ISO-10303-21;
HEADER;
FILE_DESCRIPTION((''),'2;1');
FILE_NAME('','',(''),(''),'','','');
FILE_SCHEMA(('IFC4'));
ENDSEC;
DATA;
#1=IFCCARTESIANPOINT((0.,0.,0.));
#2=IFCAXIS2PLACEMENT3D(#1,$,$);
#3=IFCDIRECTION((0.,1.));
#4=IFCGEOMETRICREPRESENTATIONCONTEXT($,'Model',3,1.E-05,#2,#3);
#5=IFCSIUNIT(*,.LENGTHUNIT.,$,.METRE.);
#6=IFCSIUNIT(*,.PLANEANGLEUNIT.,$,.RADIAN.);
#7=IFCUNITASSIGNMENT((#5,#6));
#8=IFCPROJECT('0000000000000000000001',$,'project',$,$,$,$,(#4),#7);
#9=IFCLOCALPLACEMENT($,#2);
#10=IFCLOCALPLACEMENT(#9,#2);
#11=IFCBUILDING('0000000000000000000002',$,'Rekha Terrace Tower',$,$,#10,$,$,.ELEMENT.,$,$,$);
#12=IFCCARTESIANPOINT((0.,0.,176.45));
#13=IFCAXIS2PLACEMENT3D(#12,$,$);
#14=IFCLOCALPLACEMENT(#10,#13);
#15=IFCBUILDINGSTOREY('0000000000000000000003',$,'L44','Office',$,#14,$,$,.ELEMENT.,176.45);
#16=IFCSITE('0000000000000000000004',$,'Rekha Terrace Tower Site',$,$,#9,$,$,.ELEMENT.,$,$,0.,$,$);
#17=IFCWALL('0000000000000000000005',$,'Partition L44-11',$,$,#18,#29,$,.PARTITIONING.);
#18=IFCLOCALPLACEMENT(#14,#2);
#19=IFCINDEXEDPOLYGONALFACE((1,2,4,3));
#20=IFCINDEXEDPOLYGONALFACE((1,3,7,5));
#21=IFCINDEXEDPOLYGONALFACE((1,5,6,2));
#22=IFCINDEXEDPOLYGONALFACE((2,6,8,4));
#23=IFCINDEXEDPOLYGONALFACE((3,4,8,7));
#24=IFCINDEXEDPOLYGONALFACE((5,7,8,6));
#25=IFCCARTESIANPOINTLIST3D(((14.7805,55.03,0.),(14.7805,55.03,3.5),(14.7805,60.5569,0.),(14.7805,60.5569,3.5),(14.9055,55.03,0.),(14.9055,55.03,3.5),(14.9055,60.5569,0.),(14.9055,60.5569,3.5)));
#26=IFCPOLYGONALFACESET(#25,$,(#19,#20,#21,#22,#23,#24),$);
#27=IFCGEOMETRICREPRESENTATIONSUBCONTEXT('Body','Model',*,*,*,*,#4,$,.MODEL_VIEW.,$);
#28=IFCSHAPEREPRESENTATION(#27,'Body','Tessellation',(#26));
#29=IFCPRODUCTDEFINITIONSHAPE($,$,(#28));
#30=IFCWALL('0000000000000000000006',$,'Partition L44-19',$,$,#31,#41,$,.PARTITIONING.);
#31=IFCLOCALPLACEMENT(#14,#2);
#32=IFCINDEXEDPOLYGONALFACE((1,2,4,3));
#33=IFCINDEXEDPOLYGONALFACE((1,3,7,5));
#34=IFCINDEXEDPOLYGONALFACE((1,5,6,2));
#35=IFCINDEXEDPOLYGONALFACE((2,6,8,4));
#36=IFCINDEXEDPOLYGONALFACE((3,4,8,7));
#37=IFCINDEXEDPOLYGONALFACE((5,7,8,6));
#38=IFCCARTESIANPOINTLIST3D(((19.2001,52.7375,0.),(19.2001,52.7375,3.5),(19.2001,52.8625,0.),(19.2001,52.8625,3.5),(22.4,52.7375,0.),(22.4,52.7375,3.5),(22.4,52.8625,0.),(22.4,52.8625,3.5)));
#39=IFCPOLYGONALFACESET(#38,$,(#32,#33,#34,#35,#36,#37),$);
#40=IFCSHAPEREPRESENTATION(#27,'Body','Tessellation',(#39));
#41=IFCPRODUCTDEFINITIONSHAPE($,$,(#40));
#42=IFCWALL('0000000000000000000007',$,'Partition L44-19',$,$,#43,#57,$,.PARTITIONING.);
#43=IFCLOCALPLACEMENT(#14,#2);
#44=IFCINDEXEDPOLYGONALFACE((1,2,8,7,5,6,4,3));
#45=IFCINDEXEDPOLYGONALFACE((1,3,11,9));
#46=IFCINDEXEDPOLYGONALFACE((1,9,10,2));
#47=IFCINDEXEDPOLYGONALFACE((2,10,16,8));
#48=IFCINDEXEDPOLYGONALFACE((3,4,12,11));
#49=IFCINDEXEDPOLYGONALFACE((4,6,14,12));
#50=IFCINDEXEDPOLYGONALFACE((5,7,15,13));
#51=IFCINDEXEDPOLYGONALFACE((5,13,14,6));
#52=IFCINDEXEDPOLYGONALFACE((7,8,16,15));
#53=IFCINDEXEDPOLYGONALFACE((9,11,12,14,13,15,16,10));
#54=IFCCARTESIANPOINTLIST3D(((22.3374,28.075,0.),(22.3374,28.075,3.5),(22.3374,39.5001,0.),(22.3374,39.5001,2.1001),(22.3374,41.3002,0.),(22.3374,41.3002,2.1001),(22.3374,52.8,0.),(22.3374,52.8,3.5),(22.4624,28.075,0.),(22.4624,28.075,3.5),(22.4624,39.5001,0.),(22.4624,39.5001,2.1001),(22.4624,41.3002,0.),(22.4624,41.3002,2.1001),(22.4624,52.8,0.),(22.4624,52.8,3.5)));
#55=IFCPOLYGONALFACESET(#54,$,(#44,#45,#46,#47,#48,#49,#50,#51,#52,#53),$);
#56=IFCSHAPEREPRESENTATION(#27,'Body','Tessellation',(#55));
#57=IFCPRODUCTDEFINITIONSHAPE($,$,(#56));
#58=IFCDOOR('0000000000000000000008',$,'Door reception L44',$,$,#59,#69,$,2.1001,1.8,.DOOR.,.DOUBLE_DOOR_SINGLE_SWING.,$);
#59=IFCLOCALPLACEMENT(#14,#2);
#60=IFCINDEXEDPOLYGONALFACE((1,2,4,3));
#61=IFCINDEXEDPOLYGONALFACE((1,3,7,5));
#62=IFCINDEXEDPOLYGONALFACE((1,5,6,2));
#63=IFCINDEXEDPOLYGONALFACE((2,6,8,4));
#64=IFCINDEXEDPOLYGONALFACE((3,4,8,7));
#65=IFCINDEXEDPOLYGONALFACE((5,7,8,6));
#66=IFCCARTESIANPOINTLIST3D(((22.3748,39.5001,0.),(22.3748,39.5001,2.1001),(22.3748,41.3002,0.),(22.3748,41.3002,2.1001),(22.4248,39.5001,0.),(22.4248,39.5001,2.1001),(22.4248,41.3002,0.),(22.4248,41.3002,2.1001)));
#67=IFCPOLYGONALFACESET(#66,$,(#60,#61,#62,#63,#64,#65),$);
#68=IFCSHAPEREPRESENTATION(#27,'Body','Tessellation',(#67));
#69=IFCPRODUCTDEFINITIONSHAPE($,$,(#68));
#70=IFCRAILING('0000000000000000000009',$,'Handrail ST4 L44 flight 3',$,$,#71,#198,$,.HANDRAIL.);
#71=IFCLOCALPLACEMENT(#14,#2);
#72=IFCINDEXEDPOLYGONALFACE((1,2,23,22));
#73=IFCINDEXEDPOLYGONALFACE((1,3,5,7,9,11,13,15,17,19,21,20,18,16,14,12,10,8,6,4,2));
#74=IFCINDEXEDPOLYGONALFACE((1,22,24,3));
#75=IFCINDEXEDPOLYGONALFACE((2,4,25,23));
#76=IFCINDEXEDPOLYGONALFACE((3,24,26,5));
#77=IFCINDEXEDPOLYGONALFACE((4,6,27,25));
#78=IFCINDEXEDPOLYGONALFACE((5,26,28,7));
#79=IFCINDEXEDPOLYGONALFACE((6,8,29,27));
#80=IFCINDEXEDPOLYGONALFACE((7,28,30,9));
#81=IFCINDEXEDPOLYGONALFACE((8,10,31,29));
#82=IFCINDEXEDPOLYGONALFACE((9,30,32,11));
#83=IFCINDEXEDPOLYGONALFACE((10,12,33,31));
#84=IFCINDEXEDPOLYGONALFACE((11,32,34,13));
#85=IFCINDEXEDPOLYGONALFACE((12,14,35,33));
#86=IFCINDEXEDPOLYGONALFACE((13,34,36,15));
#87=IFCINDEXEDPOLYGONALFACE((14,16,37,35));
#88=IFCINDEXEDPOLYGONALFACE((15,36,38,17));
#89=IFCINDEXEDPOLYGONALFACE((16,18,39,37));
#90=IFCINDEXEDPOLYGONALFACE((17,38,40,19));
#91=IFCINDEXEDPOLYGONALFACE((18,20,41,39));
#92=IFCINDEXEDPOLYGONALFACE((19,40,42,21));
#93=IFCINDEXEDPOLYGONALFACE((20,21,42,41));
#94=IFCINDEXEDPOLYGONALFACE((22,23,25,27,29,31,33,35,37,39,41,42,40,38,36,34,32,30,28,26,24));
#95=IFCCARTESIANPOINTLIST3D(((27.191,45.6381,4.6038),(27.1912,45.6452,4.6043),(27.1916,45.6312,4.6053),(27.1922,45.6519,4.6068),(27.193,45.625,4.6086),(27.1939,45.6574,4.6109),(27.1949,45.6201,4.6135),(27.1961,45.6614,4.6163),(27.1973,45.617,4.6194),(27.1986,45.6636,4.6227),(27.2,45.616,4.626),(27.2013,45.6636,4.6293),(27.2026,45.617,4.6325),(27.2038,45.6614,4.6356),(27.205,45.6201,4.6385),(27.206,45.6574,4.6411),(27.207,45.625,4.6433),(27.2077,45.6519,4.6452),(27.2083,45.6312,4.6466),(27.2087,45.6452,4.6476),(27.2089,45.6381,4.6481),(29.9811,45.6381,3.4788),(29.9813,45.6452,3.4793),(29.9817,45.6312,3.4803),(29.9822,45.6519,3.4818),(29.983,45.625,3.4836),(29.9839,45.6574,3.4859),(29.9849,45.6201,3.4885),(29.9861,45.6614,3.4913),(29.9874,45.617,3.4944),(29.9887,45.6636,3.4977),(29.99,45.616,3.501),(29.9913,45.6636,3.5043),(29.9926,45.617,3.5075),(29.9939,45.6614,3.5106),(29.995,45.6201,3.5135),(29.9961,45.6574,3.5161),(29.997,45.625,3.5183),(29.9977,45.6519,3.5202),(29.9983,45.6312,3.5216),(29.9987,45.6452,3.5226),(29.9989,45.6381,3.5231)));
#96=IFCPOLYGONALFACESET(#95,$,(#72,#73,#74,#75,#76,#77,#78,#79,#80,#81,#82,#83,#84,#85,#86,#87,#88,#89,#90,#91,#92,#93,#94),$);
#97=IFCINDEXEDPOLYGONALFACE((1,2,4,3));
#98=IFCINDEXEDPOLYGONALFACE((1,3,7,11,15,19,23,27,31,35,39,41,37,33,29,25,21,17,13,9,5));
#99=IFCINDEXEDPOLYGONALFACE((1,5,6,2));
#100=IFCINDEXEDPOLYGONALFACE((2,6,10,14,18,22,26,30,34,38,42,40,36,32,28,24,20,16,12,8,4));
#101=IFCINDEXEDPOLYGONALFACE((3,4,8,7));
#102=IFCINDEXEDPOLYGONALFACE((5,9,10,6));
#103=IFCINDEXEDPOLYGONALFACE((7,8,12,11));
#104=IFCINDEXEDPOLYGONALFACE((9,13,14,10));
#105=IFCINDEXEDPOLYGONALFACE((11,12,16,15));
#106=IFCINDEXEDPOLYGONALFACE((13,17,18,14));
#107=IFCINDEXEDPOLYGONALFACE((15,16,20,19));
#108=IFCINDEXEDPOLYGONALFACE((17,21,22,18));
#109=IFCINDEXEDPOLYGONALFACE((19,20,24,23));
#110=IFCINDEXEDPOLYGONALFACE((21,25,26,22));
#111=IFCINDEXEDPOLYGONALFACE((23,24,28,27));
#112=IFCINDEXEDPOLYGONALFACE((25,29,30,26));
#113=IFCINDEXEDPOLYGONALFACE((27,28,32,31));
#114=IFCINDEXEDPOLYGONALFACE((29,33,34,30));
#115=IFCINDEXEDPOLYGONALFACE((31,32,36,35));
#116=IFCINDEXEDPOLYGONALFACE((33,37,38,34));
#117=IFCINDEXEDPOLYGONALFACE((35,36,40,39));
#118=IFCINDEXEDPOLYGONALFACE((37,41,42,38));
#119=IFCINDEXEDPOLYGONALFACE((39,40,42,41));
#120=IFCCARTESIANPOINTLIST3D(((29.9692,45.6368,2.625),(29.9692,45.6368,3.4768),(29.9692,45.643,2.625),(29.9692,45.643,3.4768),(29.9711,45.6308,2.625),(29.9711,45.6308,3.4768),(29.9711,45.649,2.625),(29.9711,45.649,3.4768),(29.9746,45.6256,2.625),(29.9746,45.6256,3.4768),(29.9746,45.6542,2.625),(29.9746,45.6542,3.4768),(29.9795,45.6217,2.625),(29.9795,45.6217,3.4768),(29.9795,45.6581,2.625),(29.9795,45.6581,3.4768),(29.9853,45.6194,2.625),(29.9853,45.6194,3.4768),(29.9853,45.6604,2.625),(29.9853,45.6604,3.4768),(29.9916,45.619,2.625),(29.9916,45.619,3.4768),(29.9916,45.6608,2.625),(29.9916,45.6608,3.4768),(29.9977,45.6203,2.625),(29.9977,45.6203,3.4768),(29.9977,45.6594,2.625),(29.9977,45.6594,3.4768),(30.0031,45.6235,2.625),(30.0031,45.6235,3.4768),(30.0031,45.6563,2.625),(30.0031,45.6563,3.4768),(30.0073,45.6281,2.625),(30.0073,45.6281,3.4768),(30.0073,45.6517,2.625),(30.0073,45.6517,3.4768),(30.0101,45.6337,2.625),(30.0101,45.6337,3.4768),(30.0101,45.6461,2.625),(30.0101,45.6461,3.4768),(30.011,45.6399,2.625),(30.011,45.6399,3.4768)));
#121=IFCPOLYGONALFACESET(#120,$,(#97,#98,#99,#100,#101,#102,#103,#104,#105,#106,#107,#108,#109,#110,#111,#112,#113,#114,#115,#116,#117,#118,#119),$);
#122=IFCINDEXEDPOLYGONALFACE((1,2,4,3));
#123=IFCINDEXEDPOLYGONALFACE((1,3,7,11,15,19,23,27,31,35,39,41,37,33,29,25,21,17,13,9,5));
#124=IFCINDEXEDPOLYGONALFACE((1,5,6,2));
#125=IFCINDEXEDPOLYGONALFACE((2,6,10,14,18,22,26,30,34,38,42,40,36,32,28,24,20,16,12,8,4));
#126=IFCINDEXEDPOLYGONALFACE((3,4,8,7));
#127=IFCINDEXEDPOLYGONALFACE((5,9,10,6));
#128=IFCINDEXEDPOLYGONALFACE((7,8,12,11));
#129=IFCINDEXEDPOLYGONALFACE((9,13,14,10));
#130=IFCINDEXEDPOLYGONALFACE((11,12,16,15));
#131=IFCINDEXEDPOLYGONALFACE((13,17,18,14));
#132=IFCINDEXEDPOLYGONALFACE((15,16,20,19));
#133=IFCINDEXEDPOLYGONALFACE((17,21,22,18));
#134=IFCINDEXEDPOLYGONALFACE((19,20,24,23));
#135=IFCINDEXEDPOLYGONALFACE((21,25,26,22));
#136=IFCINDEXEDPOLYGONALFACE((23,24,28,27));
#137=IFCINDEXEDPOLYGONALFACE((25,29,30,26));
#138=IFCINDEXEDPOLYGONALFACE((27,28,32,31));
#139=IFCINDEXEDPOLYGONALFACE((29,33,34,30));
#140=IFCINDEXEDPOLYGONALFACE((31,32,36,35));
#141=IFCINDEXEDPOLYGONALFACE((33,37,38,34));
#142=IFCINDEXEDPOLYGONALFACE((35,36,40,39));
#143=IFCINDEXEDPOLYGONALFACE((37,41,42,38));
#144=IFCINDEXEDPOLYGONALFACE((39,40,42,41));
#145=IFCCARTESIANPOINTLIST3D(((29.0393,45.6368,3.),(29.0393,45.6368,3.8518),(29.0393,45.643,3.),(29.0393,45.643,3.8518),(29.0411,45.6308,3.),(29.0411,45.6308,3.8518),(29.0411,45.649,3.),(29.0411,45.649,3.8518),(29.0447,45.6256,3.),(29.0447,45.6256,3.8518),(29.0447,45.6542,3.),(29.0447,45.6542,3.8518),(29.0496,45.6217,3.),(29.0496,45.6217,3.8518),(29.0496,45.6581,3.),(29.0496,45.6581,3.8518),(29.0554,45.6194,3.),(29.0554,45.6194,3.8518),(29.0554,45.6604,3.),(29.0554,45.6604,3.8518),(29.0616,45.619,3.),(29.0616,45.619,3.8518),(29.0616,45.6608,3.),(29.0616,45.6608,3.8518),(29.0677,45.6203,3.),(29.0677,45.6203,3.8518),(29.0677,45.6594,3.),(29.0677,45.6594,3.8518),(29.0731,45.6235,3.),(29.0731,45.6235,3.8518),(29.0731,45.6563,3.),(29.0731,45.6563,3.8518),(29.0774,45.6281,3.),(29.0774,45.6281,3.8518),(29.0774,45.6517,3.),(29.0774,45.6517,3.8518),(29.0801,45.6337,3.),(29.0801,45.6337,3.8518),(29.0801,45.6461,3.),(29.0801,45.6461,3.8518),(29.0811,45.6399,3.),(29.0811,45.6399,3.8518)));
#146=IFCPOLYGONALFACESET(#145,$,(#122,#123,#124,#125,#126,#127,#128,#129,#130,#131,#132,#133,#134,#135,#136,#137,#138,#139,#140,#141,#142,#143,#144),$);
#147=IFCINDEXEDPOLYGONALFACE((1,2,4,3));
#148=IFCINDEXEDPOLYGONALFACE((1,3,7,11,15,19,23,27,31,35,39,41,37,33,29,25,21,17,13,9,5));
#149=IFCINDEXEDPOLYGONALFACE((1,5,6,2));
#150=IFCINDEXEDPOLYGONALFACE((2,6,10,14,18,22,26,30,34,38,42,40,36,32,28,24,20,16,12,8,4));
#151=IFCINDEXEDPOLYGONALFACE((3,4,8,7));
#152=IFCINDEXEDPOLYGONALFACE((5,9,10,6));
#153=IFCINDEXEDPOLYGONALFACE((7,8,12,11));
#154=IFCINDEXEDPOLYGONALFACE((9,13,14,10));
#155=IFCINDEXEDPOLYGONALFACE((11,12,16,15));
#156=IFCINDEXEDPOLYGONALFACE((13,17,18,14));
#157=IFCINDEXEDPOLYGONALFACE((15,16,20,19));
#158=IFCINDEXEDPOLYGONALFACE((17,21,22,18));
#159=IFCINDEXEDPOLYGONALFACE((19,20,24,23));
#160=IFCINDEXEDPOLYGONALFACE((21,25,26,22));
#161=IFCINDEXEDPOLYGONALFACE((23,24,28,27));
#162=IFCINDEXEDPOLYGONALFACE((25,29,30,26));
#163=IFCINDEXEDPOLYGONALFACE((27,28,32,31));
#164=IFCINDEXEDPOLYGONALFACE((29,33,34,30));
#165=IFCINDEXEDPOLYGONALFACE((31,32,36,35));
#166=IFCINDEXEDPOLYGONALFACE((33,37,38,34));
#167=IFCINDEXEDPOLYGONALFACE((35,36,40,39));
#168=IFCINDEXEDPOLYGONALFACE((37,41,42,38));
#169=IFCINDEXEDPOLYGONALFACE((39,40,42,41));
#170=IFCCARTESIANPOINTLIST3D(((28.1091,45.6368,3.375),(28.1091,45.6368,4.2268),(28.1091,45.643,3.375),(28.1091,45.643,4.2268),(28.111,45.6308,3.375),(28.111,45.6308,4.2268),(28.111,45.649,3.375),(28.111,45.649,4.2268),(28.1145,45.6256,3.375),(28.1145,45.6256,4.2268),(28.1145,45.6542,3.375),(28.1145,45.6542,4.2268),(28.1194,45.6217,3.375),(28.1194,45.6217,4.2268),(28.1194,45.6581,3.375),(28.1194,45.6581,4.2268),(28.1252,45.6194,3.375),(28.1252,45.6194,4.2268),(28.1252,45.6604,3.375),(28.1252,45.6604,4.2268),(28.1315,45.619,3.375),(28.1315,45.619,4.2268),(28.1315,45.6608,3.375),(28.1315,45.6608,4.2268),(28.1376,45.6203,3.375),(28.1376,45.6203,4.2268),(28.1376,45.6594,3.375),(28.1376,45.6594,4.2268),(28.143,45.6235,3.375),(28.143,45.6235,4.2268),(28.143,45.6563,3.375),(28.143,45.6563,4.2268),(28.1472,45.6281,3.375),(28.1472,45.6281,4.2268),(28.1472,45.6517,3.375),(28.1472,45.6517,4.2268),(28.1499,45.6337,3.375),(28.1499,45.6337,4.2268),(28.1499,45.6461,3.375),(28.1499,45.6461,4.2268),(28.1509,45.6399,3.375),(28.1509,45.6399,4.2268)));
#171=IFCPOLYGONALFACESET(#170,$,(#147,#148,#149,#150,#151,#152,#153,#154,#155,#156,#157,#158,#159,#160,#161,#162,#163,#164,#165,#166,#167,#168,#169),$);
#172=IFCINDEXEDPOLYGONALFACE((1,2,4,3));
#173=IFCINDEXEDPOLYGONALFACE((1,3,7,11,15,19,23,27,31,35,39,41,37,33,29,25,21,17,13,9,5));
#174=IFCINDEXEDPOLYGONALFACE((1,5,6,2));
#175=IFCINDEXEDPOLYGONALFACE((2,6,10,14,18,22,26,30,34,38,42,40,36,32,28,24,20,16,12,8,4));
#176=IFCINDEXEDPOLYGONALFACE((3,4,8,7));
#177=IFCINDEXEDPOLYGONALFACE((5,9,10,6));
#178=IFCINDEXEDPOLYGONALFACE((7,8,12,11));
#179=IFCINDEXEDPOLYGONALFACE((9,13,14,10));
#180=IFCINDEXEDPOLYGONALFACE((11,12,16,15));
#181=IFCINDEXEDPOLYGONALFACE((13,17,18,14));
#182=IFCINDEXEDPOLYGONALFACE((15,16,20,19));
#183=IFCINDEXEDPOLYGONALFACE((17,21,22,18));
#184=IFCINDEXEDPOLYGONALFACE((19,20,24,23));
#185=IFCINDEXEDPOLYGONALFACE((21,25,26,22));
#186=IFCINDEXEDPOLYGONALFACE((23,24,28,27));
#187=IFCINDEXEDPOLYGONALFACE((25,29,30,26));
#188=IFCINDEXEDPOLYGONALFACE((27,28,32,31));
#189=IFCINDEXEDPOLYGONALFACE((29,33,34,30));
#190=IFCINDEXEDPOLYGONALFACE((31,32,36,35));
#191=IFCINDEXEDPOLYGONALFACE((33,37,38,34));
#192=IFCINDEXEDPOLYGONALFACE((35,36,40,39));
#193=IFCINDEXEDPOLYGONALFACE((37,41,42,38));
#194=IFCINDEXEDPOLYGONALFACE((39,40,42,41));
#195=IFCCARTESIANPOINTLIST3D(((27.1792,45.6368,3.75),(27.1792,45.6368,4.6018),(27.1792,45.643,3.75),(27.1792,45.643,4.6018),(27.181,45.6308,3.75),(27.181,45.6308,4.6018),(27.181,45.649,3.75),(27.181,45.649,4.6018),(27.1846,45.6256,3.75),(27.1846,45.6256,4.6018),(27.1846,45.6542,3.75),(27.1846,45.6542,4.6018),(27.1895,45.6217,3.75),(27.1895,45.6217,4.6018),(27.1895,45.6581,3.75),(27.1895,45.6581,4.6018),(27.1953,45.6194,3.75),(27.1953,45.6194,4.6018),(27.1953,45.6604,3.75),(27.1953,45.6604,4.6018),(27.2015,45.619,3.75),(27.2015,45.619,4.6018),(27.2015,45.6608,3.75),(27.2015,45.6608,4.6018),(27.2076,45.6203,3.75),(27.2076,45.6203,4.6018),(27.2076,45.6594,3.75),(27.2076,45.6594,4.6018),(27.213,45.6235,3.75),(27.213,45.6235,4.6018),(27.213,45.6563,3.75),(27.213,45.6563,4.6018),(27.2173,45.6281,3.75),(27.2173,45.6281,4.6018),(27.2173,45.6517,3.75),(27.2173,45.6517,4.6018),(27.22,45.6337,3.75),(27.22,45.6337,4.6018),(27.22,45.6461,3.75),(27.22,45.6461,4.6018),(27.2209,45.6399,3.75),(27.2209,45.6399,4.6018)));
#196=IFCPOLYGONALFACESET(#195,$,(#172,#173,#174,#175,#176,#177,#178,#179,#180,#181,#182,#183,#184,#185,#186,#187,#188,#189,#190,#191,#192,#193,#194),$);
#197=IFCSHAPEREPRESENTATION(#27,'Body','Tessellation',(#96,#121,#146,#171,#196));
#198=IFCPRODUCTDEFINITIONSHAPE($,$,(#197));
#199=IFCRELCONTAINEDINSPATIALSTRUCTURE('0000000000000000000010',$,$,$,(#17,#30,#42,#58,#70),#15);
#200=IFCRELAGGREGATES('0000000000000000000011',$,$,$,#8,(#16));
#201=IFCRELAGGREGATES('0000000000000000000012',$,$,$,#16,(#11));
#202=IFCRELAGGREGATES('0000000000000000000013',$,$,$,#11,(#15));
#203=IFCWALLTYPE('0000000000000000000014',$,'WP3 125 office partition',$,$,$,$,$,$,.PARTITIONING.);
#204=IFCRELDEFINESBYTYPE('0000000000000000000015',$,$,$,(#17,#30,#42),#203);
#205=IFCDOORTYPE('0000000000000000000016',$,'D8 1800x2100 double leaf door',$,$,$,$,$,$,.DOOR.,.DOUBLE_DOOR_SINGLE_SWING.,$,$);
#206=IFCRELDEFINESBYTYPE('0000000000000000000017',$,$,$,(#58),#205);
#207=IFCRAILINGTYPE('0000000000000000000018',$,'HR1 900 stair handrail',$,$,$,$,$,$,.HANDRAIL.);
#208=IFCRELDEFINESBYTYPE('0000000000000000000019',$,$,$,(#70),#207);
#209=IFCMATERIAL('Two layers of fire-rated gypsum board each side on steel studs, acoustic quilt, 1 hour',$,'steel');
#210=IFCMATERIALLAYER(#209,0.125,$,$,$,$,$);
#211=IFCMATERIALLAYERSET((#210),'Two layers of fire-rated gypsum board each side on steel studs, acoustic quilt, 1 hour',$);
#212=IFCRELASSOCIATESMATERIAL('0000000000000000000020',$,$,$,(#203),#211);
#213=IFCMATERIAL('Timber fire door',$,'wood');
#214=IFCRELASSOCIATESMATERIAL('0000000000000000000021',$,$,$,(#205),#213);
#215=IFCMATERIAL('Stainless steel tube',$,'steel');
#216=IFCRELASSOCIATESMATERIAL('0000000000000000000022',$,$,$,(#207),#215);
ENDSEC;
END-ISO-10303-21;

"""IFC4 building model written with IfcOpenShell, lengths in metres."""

from ifc_helpers import new_model, si_unit, direction, frame, frame_2d, origin, origin_2d, place, context, subcontext, project, spatial, rectangle, circle, extrude, material, layer, layer_set, type_object, element, fill, save


model = new_model("IFC4")

# Units and contexts
model_context = context("Model", 3, precision=1e-05, world=origin(), true_north=direction((0.0, 1.0)))
body_context = subcontext(model_context, "Body", "Model", "MODEL_VIEW")
ifc_project = project(units=[si_unit("LENGTHUNIT", "METRE"), si_unit("PLANEANGLEUNIT", "RADIAN")], contexts=[model_context])

# Site, building, storey
site_placement = place(None, origin())
site = spatial("IfcSite", under=ifc_project, at=site_placement, Name="Rekha Terrace Tower Site", CompositionType="ELEMENT", RefElevation=0.0)
building_placement = place(site_placement, origin())
building = spatial("IfcBuilding", under=site, at=building_placement, Name="Rekha Terrace Tower", CompositionType="ELEMENT")
storey_placement = place(building_placement, frame((0.0, 0.0, 176.45)))
storey = spatial("IfcBuildingStorey", under=building, at=storey_placement, Name="L44", Description="Office", CompositionType="ELEMENT", Elevation=176.45)

# Shared definitions
ifc_material_1 = material(Name="Two layers of fire-rated gypsum board each side on steel studs, acoustic quilt, 1 hour", Category="steel")
ifc_layer_1 = layer(ifc_material_1, 0.125)
ifc_layer_set_1 = layer_set([ifc_layer_1], Name="Two layers of fire-rated gypsum board each side on steel studs, acoustic quilt, 1 hour")
wall_type_1 = type_object("IfcWallType", Name="WP3 125 office partition", PredefinedType="PARTITIONING", material=ifc_layer_set_1)

# Shared definitions
ifc_material_2 = material(Name="Timber fire door", Category="wood")
door_type_1 = type_object("IfcDoorType", Name="D8 1800x2100 double leaf door", OperationType="DOUBLE_DOOR_SINGLE_SWING", PredefinedType="DOOR", material=ifc_material_2)

# Walls
wall_1_placement = place(storey_placement, frame((14.843, 55.03, 0.0), z_axis=(0.0, 0.0, 1.0), x_axis=(0.0, 1.0, 0.0)))
element("IfcWall", 1, at=wall_1_placement, inside=storey, type_object=wall_type_1, Name="Partition L44-11", PredefinedType="PARTITIONING", context=body_context, shape_type="SweptSolid", body=[
    extrude(rectangle(XDim=5.5269, YDim=0.125, at=frame_2d((2.7634, 0.0))), origin(), (0.0, 0.0, 1.0), 3.5),
])
wall_2_placement = place(storey_placement, frame((19.2, 52.8, 0.0), z_axis=(0.0, 0.0, 1.0), x_axis=(1.0, 0.0, 0.0)))
element("IfcWall", 2, at=wall_2_placement, inside=storey, type_object=wall_type_1, Name="Partition L44-19", PredefinedType="PARTITIONING", context=body_context, shape_type="SweptSolid", body=[
    extrude(rectangle(XDim=3.2, YDim=0.125, at=frame_2d((1.6001, 0.0))), origin(), (0.0, 0.0, 1.0), 3.5),
])

# Wall, opening, door
wall_3_placement = place(storey_placement, frame((22.3999, 52.8, 0.0), z_axis=(0.0, 0.0, 1.0), x_axis=(0.0, -1.0, 0.0)))
wall_3 = element("IfcWall", 3, at=wall_3_placement, inside=storey, type_object=wall_type_1, Name="Partition L44-19", PredefinedType="PARTITIONING", context=body_context, shape_type="SweptSolid", body=[
    extrude(rectangle(XDim=24.7251, YDim=0.125, at=frame_2d((12.3625, 0.0))), origin(), (0.0, 0.0, 1.0), 3.5),
])
opening_1_placement = place(wall_3_placement, frame((11.5, 0.0, 0.0)))
opening_1 = element("IfcOpeningElement", 4, at=opening_1_placement, cuts=wall_3, PredefinedType="OPENING", context=body_context, shape_type="SweptSolid", body=[
    extrude(rectangle(XDim=1.8, YDim=2.1001, at=frame_2d((0.8999, 1.05))), frame((0.0, 0.0725, 0.0), z_axis=(0.0, -1.0, 0.0), x_axis=(1.0, 0.0, 0.0)), (0.0, 0.0, 1.0), 0.145),
])
door_1_placement = place(opening_1_placement, origin())
door_1 = element("IfcDoor", 5, at=door_1_placement, inside=storey, type_object=door_type_1, Name="Door reception L44", OperationType="DOUBLE_DOOR_SINGLE_SWING", OverallHeight=2.1001, OverallWidth=1.8, PredefinedType="DOOR", context=body_context, shape_type="SweptSolid", body=[
    extrude(rectangle(XDim=1.8, YDim=2.1001, at=frame_2d((0.8999, 1.05))), frame((0.0, 0.0249, 0.0), z_axis=(0.0, -1.0, 0.0), x_axis=(1.0, 0.0, 0.0)), (0.0, 0.0, 1.0), 0.05),
])
fill(opening_1, door_1)

# Railing
ifc_material_3 = material(Name="Stainless steel tube", Category="steel")
railing_type = type_object("IfcRailingType", Name="HR1 900 stair handrail", PredefinedType="HANDRAIL", material=ifc_material_3)
railing_placement = place(storey_placement, frame((29.99, 45.6399, 2.625)))
element("IfcRailing", 6, at=railing_placement, inside=storey, type_object=railing_type, Name="Handrail ST4 L44 flight 3", PredefinedType="HANDRAIL", context=body_context, shape_type="SweptSolid", body=[
    extrude(circle(Radius=0.0239, at=origin_2d()), frame((0.0, 0.0, 0.876), z_axis=(-0.927443, 0.0, 0.373964), x_axis=(0.0, -1.0, 0.0)), (0.0, 0.0, 1.0), 3.0083),
    extrude(circle(Radius=0.021, at=origin_2d()), origin(), (0.0, 0.0, 1.0), 0.8518),
    extrude(circle(Radius=0.021, at=origin_2d()), frame((-0.9299, 0.0, 0.375)), (0.0, 0.0, 1.0), 0.8518),
    extrude(circle(Radius=0.021, at=origin_2d()), frame((-1.8601, 0.0, 0.75)), (0.0, 0.0, 1.0), 0.8518),
    extrude(circle(Radius=0.021, at=origin_2d()), frame((-2.79, 0.0, 1.125)), (0.0, 0.0, 1.0), 0.8518),
])

save(model, "model.ifc")
